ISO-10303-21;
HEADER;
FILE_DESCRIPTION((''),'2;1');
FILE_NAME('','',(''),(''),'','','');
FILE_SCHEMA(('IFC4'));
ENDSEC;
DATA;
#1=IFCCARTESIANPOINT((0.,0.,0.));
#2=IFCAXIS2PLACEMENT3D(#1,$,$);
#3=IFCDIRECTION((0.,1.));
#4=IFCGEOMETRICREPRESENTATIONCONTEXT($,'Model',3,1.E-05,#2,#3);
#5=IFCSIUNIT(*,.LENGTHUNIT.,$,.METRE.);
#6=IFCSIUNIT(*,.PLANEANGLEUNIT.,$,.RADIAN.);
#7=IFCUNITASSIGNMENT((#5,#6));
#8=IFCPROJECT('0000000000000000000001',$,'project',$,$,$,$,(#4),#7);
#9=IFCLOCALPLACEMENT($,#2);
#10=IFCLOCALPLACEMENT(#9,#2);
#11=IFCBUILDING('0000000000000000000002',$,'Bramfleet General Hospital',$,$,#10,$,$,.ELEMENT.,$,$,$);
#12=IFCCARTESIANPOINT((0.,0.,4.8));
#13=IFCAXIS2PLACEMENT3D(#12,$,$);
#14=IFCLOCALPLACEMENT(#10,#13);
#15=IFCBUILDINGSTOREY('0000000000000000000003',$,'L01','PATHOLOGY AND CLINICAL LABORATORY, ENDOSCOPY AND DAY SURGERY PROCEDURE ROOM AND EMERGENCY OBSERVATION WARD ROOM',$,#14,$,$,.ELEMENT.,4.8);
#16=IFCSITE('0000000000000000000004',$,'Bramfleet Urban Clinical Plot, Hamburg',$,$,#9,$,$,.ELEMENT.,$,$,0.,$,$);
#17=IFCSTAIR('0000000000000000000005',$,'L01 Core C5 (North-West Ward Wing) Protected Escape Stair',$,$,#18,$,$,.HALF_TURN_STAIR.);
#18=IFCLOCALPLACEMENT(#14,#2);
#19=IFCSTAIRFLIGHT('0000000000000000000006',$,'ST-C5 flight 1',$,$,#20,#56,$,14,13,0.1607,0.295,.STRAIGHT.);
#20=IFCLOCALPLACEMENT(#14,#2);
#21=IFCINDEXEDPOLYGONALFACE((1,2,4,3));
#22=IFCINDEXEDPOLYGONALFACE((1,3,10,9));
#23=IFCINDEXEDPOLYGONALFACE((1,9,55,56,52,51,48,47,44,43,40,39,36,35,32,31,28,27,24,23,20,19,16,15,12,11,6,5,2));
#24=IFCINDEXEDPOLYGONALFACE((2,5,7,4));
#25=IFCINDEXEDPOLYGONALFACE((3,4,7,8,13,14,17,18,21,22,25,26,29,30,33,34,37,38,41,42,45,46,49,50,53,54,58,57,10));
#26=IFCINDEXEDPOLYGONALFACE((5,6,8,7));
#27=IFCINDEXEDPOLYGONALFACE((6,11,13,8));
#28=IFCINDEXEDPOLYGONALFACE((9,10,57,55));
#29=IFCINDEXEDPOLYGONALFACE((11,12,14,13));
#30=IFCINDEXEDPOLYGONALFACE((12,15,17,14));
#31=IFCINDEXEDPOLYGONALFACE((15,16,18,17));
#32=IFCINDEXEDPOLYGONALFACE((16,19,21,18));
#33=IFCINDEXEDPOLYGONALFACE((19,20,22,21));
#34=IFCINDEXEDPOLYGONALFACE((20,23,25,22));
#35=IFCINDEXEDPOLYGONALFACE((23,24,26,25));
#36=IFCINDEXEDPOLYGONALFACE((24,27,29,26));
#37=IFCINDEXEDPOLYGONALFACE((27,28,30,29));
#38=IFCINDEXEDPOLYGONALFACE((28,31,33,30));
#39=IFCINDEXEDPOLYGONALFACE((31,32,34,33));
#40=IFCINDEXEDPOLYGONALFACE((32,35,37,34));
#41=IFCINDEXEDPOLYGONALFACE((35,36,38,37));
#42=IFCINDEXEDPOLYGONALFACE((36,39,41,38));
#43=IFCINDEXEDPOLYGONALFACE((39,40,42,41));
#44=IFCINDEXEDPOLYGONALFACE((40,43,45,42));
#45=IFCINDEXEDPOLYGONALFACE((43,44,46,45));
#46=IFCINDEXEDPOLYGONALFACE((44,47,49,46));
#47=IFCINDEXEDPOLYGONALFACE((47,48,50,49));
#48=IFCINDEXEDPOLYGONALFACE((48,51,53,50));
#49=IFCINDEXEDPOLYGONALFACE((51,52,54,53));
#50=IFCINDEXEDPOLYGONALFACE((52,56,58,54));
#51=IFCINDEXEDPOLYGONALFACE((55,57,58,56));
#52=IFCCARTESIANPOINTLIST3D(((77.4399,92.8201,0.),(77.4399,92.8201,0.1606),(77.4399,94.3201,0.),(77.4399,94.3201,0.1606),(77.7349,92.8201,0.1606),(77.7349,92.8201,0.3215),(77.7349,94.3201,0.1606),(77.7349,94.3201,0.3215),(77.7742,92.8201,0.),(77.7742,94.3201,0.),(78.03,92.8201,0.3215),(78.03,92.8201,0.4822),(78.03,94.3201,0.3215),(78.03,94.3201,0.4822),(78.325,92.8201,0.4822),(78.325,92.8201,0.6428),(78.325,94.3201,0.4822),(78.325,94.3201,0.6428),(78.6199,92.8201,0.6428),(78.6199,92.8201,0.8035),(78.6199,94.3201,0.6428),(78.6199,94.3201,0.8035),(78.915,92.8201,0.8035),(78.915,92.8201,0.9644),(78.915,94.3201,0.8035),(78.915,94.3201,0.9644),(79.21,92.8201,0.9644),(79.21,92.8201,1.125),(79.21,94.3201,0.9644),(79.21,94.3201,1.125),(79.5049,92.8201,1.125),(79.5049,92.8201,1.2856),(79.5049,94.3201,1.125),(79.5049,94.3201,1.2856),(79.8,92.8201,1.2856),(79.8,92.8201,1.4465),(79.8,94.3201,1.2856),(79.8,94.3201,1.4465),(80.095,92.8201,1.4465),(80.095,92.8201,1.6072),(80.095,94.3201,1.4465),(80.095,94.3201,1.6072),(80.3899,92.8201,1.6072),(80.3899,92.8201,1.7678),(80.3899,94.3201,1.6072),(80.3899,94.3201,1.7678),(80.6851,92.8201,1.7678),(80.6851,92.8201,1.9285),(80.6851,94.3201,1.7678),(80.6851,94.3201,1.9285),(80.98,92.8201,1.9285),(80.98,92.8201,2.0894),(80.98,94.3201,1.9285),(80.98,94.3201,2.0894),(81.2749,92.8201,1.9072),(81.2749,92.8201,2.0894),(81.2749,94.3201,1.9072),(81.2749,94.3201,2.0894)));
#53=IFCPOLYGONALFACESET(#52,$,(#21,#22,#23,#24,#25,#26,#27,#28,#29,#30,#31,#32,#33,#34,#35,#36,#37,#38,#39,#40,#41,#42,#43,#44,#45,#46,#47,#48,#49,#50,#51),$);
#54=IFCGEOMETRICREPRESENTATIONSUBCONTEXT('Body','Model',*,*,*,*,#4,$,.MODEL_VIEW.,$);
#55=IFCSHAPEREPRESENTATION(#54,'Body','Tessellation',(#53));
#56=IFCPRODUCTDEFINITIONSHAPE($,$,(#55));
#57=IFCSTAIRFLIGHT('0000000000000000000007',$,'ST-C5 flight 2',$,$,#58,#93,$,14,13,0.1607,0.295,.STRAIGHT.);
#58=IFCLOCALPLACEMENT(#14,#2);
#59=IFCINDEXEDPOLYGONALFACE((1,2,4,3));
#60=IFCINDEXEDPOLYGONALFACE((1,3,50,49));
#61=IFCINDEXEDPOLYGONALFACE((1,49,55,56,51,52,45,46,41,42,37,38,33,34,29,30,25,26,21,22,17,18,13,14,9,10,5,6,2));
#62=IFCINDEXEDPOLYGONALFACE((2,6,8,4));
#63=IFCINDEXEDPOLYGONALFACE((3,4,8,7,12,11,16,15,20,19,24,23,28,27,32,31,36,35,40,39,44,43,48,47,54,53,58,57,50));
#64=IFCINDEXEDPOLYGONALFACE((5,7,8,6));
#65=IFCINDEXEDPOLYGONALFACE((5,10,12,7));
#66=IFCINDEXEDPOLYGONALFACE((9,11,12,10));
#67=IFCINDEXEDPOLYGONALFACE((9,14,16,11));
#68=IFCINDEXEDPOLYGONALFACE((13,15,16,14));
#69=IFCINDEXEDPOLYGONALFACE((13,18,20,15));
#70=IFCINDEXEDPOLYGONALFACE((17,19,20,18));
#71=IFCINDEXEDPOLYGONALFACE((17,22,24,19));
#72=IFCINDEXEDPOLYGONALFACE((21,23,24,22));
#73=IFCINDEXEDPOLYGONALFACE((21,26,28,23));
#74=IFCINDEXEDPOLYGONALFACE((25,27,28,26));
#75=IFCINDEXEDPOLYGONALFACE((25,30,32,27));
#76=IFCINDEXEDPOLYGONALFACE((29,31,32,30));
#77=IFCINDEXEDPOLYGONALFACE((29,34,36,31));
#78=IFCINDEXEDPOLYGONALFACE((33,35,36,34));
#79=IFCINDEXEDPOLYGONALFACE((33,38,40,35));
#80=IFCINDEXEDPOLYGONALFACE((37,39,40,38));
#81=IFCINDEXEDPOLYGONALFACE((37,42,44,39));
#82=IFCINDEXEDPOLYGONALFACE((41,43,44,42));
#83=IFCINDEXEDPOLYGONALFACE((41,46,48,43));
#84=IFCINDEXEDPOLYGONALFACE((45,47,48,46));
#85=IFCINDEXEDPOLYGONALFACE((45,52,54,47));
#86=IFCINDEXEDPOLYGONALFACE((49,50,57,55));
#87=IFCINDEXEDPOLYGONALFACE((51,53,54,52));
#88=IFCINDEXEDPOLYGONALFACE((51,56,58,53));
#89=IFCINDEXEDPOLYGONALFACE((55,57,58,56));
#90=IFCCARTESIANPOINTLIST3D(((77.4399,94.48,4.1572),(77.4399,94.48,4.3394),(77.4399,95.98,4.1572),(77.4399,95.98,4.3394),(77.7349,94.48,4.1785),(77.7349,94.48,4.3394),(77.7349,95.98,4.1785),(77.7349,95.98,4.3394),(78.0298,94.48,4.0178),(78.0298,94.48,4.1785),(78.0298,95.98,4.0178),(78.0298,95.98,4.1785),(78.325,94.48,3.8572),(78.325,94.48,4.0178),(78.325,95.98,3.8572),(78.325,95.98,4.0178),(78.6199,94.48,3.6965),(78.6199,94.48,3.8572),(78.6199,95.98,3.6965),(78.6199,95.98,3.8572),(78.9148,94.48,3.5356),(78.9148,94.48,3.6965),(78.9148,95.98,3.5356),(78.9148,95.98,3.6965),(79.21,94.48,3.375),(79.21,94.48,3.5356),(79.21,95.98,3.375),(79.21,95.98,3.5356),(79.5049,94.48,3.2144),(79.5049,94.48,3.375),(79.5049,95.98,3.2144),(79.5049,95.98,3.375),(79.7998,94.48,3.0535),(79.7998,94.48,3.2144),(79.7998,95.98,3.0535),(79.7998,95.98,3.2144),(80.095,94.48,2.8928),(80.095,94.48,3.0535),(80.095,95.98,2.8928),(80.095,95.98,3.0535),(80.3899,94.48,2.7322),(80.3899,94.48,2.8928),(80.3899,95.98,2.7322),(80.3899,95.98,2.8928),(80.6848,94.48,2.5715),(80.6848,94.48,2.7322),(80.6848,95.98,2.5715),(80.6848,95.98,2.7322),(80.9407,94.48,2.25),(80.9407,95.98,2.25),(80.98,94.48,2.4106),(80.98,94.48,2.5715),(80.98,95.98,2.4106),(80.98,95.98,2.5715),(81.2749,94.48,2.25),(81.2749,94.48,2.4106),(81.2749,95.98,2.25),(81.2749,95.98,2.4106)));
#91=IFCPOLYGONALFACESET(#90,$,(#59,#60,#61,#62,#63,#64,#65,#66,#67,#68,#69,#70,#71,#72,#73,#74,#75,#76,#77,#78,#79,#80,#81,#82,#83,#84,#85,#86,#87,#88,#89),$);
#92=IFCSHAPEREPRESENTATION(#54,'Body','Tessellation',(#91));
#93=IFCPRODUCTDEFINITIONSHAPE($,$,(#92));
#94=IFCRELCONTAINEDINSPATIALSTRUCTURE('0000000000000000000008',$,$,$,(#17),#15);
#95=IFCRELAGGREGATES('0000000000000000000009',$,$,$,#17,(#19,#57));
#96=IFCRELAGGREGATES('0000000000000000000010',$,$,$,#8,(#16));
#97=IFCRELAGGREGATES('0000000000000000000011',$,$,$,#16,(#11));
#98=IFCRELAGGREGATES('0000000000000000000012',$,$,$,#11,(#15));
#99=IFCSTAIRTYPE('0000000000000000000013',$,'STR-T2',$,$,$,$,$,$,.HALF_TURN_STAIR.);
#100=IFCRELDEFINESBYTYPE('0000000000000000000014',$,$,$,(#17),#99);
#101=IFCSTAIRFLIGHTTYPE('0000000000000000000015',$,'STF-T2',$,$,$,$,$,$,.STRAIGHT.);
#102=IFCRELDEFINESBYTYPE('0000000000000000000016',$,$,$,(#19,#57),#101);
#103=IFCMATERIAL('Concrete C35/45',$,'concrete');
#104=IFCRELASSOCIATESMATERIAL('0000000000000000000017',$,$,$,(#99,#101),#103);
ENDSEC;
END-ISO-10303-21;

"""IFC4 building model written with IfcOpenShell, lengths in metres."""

from ifc_helpers import new_model, si_unit, direction, frame, origin, place, context, subcontext, project, spatial, polyline, outline, extrude, material, type_object, element, aggregate, save


model = new_model("IFC4")

# Units and contexts
model_context = context("Model", 3, precision=1e-05, world=origin(), true_north=direction((0.0, 1.0)))
body_context = subcontext(model_context, "Body", "Model", "MODEL_VIEW")
ifc_project = project(units=[si_unit("LENGTHUNIT", "METRE"), si_unit("PLANEANGLEUNIT", "RADIAN")], contexts=[model_context])

# Site, building, storey
site_placement = place(None, origin())
site = spatial("IfcSite", under=ifc_project, at=site_placement, Name="Bramfleet Urban Clinical Plot, Hamburg", CompositionType="ELEMENT", RefElevation=0.0)
building_placement = place(site_placement, origin())
building = spatial("IfcBuilding", under=site, at=building_placement, Name="Bramfleet General Hospital", CompositionType="ELEMENT")
storey_placement = place(building_placement, frame((0.0, 0.0, 4.8)))
storey = spatial("IfcBuildingStorey", under=building, at=storey_placement, Name="L01", Description="PATHOLOGY AND CLINICAL LABORATORY, ENDOSCOPY AND DAY SURGERY PROCEDURE ROOM AND EMERGENCY OBSERVATION WARD ROOM", CompositionType="ELEMENT", Elevation=4.8)

# Shared definitions
ifc_material_1 = material(Name="Concrete C35/45", Category="concrete")

# Stair, stair flights
stair_type = type_object("IfcStairType", Name="STR-T2", PredefinedType="HALF_TURN_STAIR", material=ifc_material_1)
stair_placement = place(storey_placement, origin())
stair = element("IfcStair", 1, at=stair_placement, inside=storey, type_object=stair_type, Name="L01 Core C5 (North-West Ward Wing) Protected Escape Stair", PredefinedType="HALF_TURN_STAIR")
stair_flight_type = type_object("IfcStairFlightType", Name="STF-T2", PredefinedType="STRAIGHT", material=ifc_material_1)
stair_flight_1_placement = place(storey_placement, frame((77.4399, 93.5701, 0.0), z_axis=(0.0, 0.0, 1.0), x_axis=(1.0, 0.0, 0.0)))
stair_flight_1 = element("IfcStairFlight", 2, at=stair_flight_1_placement, type_object=stair_flight_type, Name="ST-C5 flight 1", NumberOfRisers=14, NumberOfTreads=13, PredefinedType="STRAIGHT", RiserHeight=0.1607, TreadLength=0.295, context=body_context, shape_type="SweptSolid", body=[
    extrude(outline(polyline([(0.0, 0.0), (0.0, 0.1606), (0.2949, 0.1606), (0.2949, 0.3215), (0.5901, 0.3215), (0.5901, 0.4822), (0.885, 0.4822), (0.885, 0.6428), (1.1799, 0.6428), (1.1799, 0.8035), (1.4751, 0.8035), (1.4751, 0.9644), (1.77, 0.9644), (1.77, 1.125), (2.0649, 1.125), (2.0649, 1.2856), (2.3601, 1.2856), (2.3601, 1.4465), (2.655, 1.4465), (2.655, 1.6072), (2.95, 1.6072), (2.95, 1.7678), (3.2451, 1.7678), (3.2451, 1.9285), (3.54, 1.9285), (3.54, 2.0894), (3.835, 2.0894), (3.835, 2.25), (3.835, 1.9072), (0.3342, 0.0), (0.0, 0.0)])), frame((0.0, 0.75, 0.0), z_axis=(0.0, -1.0, 0.0), x_axis=(1.0, 0.0, 0.0)), (0.0, 0.0, 1.0), 1.5),
])
stair_flight_2_placement = place(storey_placement, frame((81.2749, 95.23, 2.25), z_axis=(0.0, 0.0, 1.0), x_axis=(-1.0, 0.0, 0.0)))
stair_flight_2 = element("IfcStairFlight", 3, at=stair_flight_2_placement, type_object=stair_flight_type, Name="ST-C5 flight 2", NumberOfRisers=14, NumberOfTreads=13, PredefinedType="STRAIGHT", RiserHeight=0.1607, TreadLength=0.295, context=body_context, shape_type="SweptSolid", body=[
    extrude(outline(polyline([(0.0, 0.0), (0.0, 0.1606), (0.2949, 0.1606), (0.2949, 0.3215), (0.5901, 0.3215), (0.5901, 0.4822), (0.885, 0.4822), (0.885, 0.6428), (1.1799, 0.6428), (1.1799, 0.8035), (1.4751, 0.8035), (1.4751, 0.9644), (1.77, 0.9644), (1.77, 1.125), (2.0649, 1.125), (2.0649, 1.2856), (2.3601, 1.2856), (2.3601, 1.4465), (2.655, 1.4465), (2.655, 1.6072), (2.95, 1.6072), (2.95, 1.7678), (3.2451, 1.7678), (3.2451, 1.9285), (3.54, 1.9285), (3.54, 2.0894), (3.835, 2.0894), (3.835, 2.25), (3.835, 1.9072), (0.3342, 0.0), (0.0, 0.0)])), frame((0.0, 0.75, 0.0), z_axis=(0.0, -1.0, 0.0), x_axis=(1.0, 0.0, 0.0)), (0.0, 0.0, 1.0), 1.5),
])
aggregate(stair, [stair_flight_1, stair_flight_2])

save(model, "model.ifc")
